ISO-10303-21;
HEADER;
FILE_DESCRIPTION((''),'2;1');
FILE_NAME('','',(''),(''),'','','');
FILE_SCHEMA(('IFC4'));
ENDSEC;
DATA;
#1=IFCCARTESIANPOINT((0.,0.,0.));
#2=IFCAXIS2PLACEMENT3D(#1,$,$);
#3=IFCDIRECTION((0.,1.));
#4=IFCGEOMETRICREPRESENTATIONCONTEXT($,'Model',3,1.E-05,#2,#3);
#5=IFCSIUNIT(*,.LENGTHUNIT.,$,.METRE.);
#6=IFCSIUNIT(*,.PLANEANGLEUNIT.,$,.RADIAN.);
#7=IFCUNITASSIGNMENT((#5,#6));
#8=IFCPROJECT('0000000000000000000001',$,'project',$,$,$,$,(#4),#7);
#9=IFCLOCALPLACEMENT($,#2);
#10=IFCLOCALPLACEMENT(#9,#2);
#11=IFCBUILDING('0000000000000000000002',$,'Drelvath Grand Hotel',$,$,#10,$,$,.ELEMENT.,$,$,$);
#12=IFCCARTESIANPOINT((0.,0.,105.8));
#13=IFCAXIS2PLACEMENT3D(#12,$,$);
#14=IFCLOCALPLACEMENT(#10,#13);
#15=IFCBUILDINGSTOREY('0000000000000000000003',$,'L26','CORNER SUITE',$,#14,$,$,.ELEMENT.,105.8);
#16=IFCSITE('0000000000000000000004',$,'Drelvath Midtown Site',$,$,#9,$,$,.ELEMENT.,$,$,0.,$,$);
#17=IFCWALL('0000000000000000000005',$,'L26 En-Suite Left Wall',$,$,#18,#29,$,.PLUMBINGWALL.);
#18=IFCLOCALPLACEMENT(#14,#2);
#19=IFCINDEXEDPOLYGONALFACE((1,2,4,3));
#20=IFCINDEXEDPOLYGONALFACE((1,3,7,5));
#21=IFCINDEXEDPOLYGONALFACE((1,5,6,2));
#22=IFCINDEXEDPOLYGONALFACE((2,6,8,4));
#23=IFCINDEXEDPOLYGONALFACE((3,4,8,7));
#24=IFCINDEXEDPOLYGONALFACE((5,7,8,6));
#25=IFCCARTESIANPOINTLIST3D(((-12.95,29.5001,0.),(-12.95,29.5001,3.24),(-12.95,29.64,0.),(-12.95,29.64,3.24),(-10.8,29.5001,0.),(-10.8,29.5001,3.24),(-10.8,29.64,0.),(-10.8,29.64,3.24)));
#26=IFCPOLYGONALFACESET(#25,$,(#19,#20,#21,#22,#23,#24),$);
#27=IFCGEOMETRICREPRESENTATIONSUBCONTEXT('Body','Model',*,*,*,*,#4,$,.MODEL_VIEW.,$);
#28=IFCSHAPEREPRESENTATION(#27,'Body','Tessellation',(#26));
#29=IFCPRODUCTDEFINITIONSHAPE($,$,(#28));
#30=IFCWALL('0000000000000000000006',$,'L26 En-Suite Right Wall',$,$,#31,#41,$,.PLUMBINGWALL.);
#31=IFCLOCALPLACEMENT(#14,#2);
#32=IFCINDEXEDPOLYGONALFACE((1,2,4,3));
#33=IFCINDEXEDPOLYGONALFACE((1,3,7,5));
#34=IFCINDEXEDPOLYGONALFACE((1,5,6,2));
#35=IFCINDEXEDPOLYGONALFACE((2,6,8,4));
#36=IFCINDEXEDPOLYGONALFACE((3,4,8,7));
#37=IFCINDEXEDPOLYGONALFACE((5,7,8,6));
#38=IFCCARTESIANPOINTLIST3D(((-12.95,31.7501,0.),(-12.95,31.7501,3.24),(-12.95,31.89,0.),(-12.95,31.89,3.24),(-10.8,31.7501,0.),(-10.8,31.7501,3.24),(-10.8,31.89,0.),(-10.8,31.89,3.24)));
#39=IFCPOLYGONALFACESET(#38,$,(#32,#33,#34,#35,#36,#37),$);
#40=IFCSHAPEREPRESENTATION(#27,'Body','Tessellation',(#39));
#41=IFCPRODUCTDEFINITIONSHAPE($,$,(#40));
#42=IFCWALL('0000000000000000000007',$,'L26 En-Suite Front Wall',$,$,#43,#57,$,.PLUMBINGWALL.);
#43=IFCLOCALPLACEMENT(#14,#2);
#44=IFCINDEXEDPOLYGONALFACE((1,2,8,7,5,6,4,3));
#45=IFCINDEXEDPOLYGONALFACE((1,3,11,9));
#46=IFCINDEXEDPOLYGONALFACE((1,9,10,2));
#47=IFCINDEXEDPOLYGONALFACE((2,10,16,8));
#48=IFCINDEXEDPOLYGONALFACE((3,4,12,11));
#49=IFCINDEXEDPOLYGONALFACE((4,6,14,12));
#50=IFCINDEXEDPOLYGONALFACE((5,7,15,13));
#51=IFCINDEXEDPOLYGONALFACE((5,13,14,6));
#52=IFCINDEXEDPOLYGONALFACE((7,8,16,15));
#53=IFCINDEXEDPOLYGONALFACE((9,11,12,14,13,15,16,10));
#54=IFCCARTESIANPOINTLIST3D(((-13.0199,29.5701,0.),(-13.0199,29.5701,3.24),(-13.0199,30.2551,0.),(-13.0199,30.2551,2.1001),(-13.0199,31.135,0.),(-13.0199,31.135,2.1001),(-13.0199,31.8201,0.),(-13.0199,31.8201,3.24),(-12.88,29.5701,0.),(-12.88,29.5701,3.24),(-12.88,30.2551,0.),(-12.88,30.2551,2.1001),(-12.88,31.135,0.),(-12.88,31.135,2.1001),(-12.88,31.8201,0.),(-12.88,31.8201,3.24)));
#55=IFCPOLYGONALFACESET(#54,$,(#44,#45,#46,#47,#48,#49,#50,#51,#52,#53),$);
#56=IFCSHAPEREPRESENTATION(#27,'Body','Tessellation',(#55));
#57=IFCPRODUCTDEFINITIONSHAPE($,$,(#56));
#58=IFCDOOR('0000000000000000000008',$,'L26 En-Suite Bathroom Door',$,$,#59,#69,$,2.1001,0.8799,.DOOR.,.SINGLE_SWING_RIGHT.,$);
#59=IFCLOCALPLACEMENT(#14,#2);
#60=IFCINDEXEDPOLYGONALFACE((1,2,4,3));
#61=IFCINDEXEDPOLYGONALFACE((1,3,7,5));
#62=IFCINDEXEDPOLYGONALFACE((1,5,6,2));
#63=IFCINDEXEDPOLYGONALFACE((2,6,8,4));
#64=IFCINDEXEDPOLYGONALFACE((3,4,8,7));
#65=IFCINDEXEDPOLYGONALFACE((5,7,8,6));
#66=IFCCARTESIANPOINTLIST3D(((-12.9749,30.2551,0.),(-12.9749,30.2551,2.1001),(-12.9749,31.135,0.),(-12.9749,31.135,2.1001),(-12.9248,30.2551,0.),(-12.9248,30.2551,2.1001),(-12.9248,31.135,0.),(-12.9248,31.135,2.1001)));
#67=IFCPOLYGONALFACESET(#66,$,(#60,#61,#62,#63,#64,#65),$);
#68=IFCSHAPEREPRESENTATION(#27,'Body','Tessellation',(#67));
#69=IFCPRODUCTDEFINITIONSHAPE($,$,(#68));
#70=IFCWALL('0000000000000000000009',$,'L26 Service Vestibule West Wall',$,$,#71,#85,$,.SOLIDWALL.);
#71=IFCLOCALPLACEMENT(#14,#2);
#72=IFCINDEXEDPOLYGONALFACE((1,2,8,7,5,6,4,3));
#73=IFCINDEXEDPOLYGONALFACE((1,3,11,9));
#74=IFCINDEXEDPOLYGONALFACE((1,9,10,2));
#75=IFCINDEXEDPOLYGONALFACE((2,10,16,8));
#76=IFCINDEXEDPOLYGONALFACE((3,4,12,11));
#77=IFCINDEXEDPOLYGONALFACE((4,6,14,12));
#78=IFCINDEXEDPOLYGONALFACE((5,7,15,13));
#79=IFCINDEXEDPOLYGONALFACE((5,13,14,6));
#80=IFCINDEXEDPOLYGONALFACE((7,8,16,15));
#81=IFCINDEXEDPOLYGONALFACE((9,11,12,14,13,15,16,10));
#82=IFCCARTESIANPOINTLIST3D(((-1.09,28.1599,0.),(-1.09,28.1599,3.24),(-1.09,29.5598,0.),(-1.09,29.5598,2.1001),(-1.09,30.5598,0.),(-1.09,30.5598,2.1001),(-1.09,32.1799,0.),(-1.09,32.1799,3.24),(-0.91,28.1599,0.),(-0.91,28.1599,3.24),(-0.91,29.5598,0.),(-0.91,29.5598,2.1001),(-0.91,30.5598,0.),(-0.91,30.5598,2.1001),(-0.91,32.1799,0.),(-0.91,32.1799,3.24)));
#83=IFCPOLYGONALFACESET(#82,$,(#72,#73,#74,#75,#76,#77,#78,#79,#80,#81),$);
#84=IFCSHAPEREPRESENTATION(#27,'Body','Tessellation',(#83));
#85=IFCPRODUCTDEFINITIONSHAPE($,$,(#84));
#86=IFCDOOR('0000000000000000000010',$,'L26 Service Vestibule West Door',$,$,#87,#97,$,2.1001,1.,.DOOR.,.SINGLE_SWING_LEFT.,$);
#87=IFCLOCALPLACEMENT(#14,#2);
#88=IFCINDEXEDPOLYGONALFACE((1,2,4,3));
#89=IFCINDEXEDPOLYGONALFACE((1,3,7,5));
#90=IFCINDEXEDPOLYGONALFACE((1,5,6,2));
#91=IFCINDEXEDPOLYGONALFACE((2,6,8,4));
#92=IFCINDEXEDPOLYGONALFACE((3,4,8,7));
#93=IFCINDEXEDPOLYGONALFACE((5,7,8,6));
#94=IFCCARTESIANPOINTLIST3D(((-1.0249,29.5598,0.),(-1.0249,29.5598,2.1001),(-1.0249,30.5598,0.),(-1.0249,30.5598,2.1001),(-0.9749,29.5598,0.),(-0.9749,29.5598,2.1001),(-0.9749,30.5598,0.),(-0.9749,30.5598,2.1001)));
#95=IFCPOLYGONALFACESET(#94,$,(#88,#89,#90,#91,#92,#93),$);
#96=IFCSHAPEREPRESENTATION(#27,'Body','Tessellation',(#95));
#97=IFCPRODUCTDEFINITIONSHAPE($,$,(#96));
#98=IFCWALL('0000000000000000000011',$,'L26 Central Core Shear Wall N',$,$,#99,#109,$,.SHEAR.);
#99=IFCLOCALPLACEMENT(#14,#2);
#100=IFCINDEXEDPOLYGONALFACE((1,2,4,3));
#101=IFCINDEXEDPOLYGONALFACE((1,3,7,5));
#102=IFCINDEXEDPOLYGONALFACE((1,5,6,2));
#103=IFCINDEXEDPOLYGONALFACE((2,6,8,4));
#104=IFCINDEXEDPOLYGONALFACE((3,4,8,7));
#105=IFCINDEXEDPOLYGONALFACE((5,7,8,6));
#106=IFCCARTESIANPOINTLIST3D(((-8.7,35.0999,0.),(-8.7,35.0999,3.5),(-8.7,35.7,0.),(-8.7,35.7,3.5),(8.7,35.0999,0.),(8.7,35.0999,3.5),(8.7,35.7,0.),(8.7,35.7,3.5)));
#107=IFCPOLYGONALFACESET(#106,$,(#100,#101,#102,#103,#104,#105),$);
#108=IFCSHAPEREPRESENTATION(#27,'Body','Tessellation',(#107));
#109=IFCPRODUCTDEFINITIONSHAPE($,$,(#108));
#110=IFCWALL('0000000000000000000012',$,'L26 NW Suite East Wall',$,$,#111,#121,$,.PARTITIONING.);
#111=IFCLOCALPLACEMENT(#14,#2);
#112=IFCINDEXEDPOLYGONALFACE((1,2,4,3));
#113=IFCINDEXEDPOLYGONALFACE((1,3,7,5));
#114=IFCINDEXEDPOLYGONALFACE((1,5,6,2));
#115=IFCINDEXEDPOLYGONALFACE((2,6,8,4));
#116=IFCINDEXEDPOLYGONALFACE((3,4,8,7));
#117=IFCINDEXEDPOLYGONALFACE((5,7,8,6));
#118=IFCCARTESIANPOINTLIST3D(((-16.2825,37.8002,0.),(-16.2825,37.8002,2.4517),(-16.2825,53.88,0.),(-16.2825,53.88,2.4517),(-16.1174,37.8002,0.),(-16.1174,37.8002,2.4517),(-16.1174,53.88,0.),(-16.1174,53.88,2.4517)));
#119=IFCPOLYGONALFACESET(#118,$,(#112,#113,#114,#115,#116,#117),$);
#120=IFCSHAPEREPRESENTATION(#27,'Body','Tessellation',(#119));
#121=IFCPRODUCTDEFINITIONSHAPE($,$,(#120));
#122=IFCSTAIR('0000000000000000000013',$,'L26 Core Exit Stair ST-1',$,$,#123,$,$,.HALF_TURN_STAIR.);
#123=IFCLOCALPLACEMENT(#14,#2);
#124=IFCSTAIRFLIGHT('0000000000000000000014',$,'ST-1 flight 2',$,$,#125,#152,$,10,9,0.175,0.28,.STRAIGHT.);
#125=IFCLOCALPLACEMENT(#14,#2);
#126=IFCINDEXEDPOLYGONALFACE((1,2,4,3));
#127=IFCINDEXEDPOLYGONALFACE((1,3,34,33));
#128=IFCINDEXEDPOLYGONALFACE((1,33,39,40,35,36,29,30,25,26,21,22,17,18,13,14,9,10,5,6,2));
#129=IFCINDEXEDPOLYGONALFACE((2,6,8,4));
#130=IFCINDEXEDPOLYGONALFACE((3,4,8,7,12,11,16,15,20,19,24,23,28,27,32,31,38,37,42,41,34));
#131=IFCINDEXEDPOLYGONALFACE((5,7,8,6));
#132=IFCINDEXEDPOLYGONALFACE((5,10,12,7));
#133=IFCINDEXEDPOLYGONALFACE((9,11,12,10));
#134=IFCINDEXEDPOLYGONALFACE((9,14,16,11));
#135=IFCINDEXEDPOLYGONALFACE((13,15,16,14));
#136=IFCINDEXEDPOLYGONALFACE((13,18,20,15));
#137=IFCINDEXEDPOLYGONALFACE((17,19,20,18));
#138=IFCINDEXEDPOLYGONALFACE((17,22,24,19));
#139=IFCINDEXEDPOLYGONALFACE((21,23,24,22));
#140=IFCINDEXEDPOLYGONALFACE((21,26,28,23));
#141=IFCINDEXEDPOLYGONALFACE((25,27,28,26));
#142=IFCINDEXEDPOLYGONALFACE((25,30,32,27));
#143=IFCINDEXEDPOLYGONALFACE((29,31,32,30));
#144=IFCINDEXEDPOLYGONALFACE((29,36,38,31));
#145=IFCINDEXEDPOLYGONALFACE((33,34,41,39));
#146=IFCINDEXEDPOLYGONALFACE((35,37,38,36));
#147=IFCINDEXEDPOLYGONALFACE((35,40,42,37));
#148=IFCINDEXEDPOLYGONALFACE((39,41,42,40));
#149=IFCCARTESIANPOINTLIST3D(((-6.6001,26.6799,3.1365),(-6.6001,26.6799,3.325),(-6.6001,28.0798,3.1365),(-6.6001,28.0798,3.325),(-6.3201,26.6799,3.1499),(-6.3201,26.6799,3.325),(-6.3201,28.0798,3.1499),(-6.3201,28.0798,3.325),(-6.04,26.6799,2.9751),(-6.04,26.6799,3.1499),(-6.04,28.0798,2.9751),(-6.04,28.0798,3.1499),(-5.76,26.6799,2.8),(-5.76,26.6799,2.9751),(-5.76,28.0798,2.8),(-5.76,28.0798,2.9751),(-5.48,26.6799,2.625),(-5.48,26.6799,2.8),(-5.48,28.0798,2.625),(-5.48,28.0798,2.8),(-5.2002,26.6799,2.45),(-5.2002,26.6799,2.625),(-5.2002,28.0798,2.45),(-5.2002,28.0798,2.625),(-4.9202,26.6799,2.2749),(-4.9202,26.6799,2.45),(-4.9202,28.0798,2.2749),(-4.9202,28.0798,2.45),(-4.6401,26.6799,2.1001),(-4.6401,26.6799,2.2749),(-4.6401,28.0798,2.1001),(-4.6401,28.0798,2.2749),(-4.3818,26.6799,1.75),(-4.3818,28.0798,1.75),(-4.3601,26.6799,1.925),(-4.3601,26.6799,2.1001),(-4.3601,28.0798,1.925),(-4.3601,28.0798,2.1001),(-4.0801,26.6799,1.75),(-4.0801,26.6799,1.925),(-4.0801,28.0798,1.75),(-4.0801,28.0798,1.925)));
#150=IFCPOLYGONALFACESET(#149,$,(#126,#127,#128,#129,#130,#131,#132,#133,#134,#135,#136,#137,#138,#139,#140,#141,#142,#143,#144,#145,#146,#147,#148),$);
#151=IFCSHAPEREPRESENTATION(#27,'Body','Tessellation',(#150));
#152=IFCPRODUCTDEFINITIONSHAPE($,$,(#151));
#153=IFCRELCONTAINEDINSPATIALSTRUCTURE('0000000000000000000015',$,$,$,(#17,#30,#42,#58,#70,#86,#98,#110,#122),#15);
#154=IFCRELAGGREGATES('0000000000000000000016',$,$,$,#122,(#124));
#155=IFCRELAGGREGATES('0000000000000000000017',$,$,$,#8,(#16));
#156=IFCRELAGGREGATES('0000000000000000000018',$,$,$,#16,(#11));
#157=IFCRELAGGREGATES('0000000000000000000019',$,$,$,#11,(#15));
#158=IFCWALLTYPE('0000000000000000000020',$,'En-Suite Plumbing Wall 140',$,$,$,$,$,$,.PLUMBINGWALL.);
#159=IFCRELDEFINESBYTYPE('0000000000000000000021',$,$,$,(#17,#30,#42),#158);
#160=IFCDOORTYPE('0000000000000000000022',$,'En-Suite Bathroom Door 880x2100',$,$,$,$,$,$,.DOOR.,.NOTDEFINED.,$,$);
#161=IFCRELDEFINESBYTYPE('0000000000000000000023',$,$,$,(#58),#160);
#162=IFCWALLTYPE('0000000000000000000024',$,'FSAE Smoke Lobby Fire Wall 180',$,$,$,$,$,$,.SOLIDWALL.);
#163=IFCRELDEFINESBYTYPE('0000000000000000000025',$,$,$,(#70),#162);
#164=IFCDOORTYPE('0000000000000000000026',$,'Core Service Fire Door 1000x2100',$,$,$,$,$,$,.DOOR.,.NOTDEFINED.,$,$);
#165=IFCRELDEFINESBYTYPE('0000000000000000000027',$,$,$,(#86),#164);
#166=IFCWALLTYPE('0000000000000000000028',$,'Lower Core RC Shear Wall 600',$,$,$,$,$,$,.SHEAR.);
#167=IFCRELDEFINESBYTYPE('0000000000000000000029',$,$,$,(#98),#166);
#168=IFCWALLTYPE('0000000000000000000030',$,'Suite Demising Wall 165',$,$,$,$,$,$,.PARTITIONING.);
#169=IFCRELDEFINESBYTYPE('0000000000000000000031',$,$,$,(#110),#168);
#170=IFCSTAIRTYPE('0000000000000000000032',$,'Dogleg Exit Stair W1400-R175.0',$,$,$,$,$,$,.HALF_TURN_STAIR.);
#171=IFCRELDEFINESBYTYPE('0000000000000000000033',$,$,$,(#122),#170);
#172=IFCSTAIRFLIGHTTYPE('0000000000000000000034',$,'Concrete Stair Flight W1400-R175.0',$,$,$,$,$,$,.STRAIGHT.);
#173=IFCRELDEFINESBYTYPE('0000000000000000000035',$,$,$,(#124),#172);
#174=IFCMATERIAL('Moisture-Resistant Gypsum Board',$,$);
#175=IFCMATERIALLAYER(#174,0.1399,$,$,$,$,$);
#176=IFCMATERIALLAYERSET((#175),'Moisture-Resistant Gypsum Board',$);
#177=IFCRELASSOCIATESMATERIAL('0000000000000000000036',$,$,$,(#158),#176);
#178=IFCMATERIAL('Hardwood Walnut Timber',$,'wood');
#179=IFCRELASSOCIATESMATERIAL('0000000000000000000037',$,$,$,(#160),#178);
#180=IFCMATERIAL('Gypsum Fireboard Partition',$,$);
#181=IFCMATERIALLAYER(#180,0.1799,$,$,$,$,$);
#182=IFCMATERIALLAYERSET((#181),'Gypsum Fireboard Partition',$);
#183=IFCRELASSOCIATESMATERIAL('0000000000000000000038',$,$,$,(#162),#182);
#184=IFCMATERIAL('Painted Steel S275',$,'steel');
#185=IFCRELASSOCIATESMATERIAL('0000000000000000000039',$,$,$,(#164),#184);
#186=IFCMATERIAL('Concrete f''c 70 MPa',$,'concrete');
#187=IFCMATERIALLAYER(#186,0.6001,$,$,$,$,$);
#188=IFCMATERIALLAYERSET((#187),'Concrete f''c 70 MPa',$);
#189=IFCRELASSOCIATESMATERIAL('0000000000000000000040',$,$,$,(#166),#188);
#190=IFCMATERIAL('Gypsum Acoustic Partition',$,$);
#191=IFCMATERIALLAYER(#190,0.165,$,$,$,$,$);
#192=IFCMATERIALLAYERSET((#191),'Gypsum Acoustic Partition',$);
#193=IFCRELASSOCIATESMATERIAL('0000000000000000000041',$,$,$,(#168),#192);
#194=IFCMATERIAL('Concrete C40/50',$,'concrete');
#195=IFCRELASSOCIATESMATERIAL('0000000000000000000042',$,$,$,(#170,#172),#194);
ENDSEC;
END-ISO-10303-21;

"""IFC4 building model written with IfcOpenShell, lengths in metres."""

from ifc_helpers import new_model, si_unit, direction, frame, frame_2d, origin, place, context, subcontext, project, spatial, polyline, rectangle, outline, extrude, material, layer, layer_set, type_object, element, fill, aggregate, save


model = new_model("IFC4")

# Units and contexts
model_context = context("Model", 3, precision=1e-05, world=origin(), true_north=direction((0.0, 1.0)))
body_context = subcontext(model_context, "Body", "Model", "MODEL_VIEW")
ifc_project = project(units=[si_unit("LENGTHUNIT", "METRE"), si_unit("PLANEANGLEUNIT", "RADIAN")], contexts=[model_context])

# Site, building, storey
site_placement = place(None, origin())
site = spatial("IfcSite", under=ifc_project, at=site_placement, Name="Drelvath Midtown Site", CompositionType="ELEMENT", RefElevation=0.0)
building_placement = place(site_placement, origin())
building = spatial("IfcBuilding", under=site, at=building_placement, Name="Drelvath Grand Hotel", CompositionType="ELEMENT")
storey_placement = place(building_placement, frame((0.0, 0.0, 105.8)))
storey = spatial("IfcBuildingStorey", under=building, at=storey_placement, Name="L26", Description="CORNER SUITE", CompositionType="ELEMENT", Elevation=105.8)

# Shared definitions
ifc_material_1 = material(Name="Concrete f'c 70 MPa", Category="concrete")

# Shared definitions
ifc_material_2 = material(Name="Painted Steel S275", Category="steel")

# Shared definitions
ifc_material_3 = material(Name="Concrete C40/50", Category="concrete")

# Shared definitions
ifc_material_4 = material(Name="Gypsum Fireboard Partition")

# Walls
ifc_material_5 = material(Name="Moisture-Resistant Gypsum Board")
ifc_layer_1 = layer(ifc_material_5, 0.1399)
ifc_layer_set_1 = layer_set([ifc_layer_1], Name="Moisture-Resistant Gypsum Board")
wall_type_1 = type_object("IfcWallType", Name="En-Suite Plumbing Wall 140", PredefinedType="PLUMBINGWALL", material=ifc_layer_set_1)
for number, where, z_axis, x_axis, name in (
    (1, (-10.8, 29.5701, 0.0), (0.0, 0.0, 1.0), (-1.0, 0.0, 0.0), "L26 En-Suite Left Wall"),
    (2, (-10.8, 31.8201, 0.0), (0.0, 0.0, 1.0), (-1.0, 0.0, 0.0), "L26 En-Suite Right Wall"),
):
    element("IfcWall", number, at=place(storey_placement, frame(where, z_axis=z_axis, x_axis=x_axis)), inside=storey, type_object=wall_type_1, Name=name, PredefinedType="PLUMBINGWALL", context=body_context, shape_type="SweptSolid", body=[
        extrude(rectangle(XDim=2.1499, YDim=0.1399, at=frame_2d((1.075, 0.0))), origin(), (0.0, 0.0, 1.0), 3.24),
    ])

# Walls, openings, doors
wall_1_placement = place(storey_placement, frame((-12.95, 29.5701, 0.0), z_axis=(0.0, 0.0, 1.0), x_axis=(0.0, 1.0, 0.0)))
wall_1 = element("IfcWall", 3, at=wall_1_placement, inside=storey, type_object=wall_type_1, Name="L26 En-Suite Front Wall", PredefinedType="PLUMBINGWALL", context=body_context, shape_type="SweptSolid", body=[
    extrude(rectangle(XDim=2.25, YDim=0.1399, at=frame_2d((1.125, 0.0))), origin(), (0.0, 0.0, 1.0), 3.24),
])
opening_1_placement = place(wall_1_placement, frame((0.6851, 0.0, 0.0)))
opening_1 = element("IfcOpeningElement", 4, at=opening_1_placement, cuts=wall_1, PredefinedType="OPENING", context=body_context, shape_type="SweptSolid", body=[
    extrude(rectangle(XDim=0.8799, YDim=2.1001, at=frame_2d((0.4399, 1.05))), frame((0.0, 0.0798, 0.0), z_axis=(0.0, -1.0, 0.0), x_axis=(1.0, 0.0, 0.0)), (0.0, 0.0, 1.0), 0.1599),
])
ifc_material_6 = material(Name="Hardwood Walnut Timber", Category="wood")
door_type_1 = type_object("IfcDoorType", Name="En-Suite Bathroom Door 880x2100", OperationType="NOTDEFINED", PredefinedType="DOOR", material=ifc_material_6)
door_1_placement = place(opening_1_placement, origin())
door_1 = element("IfcDoor", 5, at=door_1_placement, inside=storey, type_object=door_type_1, Name="L26 En-Suite Bathroom Door", OperationType="SINGLE_SWING_RIGHT", OverallHeight=2.1001, OverallWidth=0.8799, PredefinedType="DOOR", context=body_context, shape_type="SweptSolid", body=[
    extrude(rectangle(XDim=0.8799, YDim=2.1001, at=frame_2d((0.4399, 1.05))), frame((0.0, 0.0249, 0.0), z_axis=(0.0, -1.0, 0.0), x_axis=(1.0, 0.0, 0.0)), (0.0, 0.0, 1.0), 0.05),
])
fill(opening_1, door_1)
ifc_layer_2 = layer(ifc_material_4, 0.1799)
ifc_layer_set_2 = layer_set([ifc_layer_2], Name="Gypsum Fireboard Partition")
wall_type_2 = type_object("IfcWallType", Name="FSAE Smoke Lobby Fire Wall 180", PredefinedType="SOLIDWALL", material=ifc_layer_set_2)
wall_2_placement = place(storey_placement, frame((-1.0, 28.1599, 0.0), z_axis=(0.0, 0.0, 1.0), x_axis=(0.0, 1.0, 0.0)))
wall_2 = element("IfcWall", 6, at=wall_2_placement, inside=storey, type_object=wall_type_2, Name="L26 Service Vestibule West Wall", PredefinedType="SOLIDWALL", context=body_context, shape_type="SweptSolid", body=[
    extrude(rectangle(XDim=4.02, YDim=0.1799, at=frame_2d((2.01, 0.0))), origin(), (0.0, 0.0, 1.0), 3.24),
])
opening_2_placement = place(wall_2_placement, frame((1.3999, 0.0, 0.0)))
opening_2 = element("IfcOpeningElement", 7, at=opening_2_placement, cuts=wall_2, PredefinedType="OPENING", context=body_context, shape_type="SweptSolid", body=[
    extrude(rectangle(XDim=1.0, YDim=2.1001, at=frame_2d((0.5, 1.05))), frame((0.0, 0.0999, 0.0), z_axis=(0.0, -1.0, 0.0), x_axis=(1.0, 0.0, 0.0)), (0.0, 0.0, 1.0), 0.2),
])
door_type_2 = type_object("IfcDoorType", Name="Core Service Fire Door 1000x2100", OperationType="NOTDEFINED", PredefinedType="DOOR", material=ifc_material_2)
door_2_placement = place(opening_2_placement, origin())
door_2 = element("IfcDoor", 8, at=door_2_placement, inside=storey, type_object=door_type_2, Name="L26 Service Vestibule West Door", OperationType="SINGLE_SWING_LEFT", OverallHeight=2.1001, OverallWidth=1.0, PredefinedType="DOOR", context=body_context, shape_type="SweptSolid", body=[
    extrude(rectangle(XDim=1.0, YDim=2.1001, at=frame_2d((0.5, 1.05))), frame((0.0, 0.0249, 0.0), z_axis=(0.0, -1.0, 0.0), x_axis=(1.0, 0.0, 0.0)), (0.0, 0.0, 1.0), 0.05),
])
fill(opening_2, door_2)

# Walls
ifc_layer_3 = layer(ifc_material_1, 0.6001)
ifc_layer_set_3 = layer_set([ifc_layer_3], Name="Concrete f'c 70 MPa")
wall_type_3 = type_object("IfcWallType", Name="Lower Core RC Shear Wall 600", PredefinedType="SHEAR", material=ifc_layer_set_3)
wall_3_placement = place(storey_placement, frame((-8.7, 35.3999, 0.0), z_axis=(0.0, 0.0, 1.0), x_axis=(1.0, 0.0, 0.0)))
element("IfcWall", 9, at=wall_3_placement, inside=storey, type_object=wall_type_3, Name="L26 Central Core Shear Wall N", PredefinedType="SHEAR", context=body_context, shape_type="SweptSolid", body=[
    extrude(rectangle(XDim=17.3999, YDim=0.6001, at=frame_2d((8.7, 0.0))), origin(), (0.0, 0.0, 1.0), 3.5),
])
ifc_material_7 = material(Name="Gypsum Acoustic Partition")
ifc_layer_4 = layer(ifc_material_7, 0.165)
ifc_layer_set_4 = layer_set([ifc_layer_4], Name="Gypsum Acoustic Partition")
wall_type_4 = type_object("IfcWallType", Name="Suite Demising Wall 165", PredefinedType="PARTITIONING", material=ifc_layer_set_4)
wall_4_placement = place(storey_placement, frame((-16.2, 37.8, 0.0), z_axis=(0.0, 0.0, 1.0), x_axis=(0.0, 1.0, 0.0)))
element("IfcWall", 10, at=wall_4_placement, inside=storey, type_object=wall_type_4, Name="L26 NW Suite East Wall", PredefinedType="PARTITIONING", context=body_context, shape_type="SweptSolid", body=[
    extrude(rectangle(XDim=16.0798, YDim=0.165, at=frame_2d((8.04, 0.0))), origin(), (0.0, 0.0, 1.0), 2.4517),
])

# Stair, stair flight
stair_type = type_object("IfcStairType", Name="Dogleg Exit Stair W1400-R175.0", PredefinedType="HALF_TURN_STAIR", material=ifc_material_3)
stair_placement = place(storey_placement, origin())
stair = element("IfcStair", 11, at=stair_placement, inside=storey, type_object=stair_type, Name="L26 Core Exit Stair ST-1", PredefinedType="HALF_TURN_STAIR")
stair_flight_type = type_object("IfcStairFlightType", Name="Concrete Stair Flight W1400-R175.0", PredefinedType="STRAIGHT", material=ifc_material_3)
stair_flight_placement = place(storey_placement, frame((-4.0801, 27.3799, 1.75), z_axis=(0.0, 0.0, 1.0), x_axis=(-1.0, 0.0, 0.0)))
stair_flight = element("IfcStairFlight", 12, at=stair_flight_placement, type_object=stair_flight_type, Name="ST-1 flight 2", NumberOfRisers=10, NumberOfTreads=9, PredefinedType="STRAIGHT", RiserHeight=0.175, TreadLength=0.28, context=body_context, shape_type="SweptSolid", body=[
    extrude(outline(polyline([(0.0, 0.0), (0.0, 0.175), (0.28, 0.175), (0.28, 0.3501), (0.5601, 0.3501), (0.5601, 0.5249), (0.8401, 0.5249), (0.8401, 0.7), (1.1201, 0.7), (1.1201, 0.875), (1.3999, 0.875), (1.3999, 1.05), (1.6799, 1.05), (1.6799, 1.2251), (1.96, 1.2251), (1.96, 1.3999), (2.24, 1.3999), (2.24, 1.575), (2.52, 1.575), (2.52, 1.75), (2.52, 1.3865), (0.3018, 0.0), (0.0, 0.0)])), frame((0.0, 0.7, 0.0), z_axis=(0.0, -1.0, 0.0), x_axis=(1.0, 0.0, 0.0)), (0.0, 0.0, 1.0), 1.3999),
])
aggregate(stair, [stair_flight])

save(model, "model.ifc")
